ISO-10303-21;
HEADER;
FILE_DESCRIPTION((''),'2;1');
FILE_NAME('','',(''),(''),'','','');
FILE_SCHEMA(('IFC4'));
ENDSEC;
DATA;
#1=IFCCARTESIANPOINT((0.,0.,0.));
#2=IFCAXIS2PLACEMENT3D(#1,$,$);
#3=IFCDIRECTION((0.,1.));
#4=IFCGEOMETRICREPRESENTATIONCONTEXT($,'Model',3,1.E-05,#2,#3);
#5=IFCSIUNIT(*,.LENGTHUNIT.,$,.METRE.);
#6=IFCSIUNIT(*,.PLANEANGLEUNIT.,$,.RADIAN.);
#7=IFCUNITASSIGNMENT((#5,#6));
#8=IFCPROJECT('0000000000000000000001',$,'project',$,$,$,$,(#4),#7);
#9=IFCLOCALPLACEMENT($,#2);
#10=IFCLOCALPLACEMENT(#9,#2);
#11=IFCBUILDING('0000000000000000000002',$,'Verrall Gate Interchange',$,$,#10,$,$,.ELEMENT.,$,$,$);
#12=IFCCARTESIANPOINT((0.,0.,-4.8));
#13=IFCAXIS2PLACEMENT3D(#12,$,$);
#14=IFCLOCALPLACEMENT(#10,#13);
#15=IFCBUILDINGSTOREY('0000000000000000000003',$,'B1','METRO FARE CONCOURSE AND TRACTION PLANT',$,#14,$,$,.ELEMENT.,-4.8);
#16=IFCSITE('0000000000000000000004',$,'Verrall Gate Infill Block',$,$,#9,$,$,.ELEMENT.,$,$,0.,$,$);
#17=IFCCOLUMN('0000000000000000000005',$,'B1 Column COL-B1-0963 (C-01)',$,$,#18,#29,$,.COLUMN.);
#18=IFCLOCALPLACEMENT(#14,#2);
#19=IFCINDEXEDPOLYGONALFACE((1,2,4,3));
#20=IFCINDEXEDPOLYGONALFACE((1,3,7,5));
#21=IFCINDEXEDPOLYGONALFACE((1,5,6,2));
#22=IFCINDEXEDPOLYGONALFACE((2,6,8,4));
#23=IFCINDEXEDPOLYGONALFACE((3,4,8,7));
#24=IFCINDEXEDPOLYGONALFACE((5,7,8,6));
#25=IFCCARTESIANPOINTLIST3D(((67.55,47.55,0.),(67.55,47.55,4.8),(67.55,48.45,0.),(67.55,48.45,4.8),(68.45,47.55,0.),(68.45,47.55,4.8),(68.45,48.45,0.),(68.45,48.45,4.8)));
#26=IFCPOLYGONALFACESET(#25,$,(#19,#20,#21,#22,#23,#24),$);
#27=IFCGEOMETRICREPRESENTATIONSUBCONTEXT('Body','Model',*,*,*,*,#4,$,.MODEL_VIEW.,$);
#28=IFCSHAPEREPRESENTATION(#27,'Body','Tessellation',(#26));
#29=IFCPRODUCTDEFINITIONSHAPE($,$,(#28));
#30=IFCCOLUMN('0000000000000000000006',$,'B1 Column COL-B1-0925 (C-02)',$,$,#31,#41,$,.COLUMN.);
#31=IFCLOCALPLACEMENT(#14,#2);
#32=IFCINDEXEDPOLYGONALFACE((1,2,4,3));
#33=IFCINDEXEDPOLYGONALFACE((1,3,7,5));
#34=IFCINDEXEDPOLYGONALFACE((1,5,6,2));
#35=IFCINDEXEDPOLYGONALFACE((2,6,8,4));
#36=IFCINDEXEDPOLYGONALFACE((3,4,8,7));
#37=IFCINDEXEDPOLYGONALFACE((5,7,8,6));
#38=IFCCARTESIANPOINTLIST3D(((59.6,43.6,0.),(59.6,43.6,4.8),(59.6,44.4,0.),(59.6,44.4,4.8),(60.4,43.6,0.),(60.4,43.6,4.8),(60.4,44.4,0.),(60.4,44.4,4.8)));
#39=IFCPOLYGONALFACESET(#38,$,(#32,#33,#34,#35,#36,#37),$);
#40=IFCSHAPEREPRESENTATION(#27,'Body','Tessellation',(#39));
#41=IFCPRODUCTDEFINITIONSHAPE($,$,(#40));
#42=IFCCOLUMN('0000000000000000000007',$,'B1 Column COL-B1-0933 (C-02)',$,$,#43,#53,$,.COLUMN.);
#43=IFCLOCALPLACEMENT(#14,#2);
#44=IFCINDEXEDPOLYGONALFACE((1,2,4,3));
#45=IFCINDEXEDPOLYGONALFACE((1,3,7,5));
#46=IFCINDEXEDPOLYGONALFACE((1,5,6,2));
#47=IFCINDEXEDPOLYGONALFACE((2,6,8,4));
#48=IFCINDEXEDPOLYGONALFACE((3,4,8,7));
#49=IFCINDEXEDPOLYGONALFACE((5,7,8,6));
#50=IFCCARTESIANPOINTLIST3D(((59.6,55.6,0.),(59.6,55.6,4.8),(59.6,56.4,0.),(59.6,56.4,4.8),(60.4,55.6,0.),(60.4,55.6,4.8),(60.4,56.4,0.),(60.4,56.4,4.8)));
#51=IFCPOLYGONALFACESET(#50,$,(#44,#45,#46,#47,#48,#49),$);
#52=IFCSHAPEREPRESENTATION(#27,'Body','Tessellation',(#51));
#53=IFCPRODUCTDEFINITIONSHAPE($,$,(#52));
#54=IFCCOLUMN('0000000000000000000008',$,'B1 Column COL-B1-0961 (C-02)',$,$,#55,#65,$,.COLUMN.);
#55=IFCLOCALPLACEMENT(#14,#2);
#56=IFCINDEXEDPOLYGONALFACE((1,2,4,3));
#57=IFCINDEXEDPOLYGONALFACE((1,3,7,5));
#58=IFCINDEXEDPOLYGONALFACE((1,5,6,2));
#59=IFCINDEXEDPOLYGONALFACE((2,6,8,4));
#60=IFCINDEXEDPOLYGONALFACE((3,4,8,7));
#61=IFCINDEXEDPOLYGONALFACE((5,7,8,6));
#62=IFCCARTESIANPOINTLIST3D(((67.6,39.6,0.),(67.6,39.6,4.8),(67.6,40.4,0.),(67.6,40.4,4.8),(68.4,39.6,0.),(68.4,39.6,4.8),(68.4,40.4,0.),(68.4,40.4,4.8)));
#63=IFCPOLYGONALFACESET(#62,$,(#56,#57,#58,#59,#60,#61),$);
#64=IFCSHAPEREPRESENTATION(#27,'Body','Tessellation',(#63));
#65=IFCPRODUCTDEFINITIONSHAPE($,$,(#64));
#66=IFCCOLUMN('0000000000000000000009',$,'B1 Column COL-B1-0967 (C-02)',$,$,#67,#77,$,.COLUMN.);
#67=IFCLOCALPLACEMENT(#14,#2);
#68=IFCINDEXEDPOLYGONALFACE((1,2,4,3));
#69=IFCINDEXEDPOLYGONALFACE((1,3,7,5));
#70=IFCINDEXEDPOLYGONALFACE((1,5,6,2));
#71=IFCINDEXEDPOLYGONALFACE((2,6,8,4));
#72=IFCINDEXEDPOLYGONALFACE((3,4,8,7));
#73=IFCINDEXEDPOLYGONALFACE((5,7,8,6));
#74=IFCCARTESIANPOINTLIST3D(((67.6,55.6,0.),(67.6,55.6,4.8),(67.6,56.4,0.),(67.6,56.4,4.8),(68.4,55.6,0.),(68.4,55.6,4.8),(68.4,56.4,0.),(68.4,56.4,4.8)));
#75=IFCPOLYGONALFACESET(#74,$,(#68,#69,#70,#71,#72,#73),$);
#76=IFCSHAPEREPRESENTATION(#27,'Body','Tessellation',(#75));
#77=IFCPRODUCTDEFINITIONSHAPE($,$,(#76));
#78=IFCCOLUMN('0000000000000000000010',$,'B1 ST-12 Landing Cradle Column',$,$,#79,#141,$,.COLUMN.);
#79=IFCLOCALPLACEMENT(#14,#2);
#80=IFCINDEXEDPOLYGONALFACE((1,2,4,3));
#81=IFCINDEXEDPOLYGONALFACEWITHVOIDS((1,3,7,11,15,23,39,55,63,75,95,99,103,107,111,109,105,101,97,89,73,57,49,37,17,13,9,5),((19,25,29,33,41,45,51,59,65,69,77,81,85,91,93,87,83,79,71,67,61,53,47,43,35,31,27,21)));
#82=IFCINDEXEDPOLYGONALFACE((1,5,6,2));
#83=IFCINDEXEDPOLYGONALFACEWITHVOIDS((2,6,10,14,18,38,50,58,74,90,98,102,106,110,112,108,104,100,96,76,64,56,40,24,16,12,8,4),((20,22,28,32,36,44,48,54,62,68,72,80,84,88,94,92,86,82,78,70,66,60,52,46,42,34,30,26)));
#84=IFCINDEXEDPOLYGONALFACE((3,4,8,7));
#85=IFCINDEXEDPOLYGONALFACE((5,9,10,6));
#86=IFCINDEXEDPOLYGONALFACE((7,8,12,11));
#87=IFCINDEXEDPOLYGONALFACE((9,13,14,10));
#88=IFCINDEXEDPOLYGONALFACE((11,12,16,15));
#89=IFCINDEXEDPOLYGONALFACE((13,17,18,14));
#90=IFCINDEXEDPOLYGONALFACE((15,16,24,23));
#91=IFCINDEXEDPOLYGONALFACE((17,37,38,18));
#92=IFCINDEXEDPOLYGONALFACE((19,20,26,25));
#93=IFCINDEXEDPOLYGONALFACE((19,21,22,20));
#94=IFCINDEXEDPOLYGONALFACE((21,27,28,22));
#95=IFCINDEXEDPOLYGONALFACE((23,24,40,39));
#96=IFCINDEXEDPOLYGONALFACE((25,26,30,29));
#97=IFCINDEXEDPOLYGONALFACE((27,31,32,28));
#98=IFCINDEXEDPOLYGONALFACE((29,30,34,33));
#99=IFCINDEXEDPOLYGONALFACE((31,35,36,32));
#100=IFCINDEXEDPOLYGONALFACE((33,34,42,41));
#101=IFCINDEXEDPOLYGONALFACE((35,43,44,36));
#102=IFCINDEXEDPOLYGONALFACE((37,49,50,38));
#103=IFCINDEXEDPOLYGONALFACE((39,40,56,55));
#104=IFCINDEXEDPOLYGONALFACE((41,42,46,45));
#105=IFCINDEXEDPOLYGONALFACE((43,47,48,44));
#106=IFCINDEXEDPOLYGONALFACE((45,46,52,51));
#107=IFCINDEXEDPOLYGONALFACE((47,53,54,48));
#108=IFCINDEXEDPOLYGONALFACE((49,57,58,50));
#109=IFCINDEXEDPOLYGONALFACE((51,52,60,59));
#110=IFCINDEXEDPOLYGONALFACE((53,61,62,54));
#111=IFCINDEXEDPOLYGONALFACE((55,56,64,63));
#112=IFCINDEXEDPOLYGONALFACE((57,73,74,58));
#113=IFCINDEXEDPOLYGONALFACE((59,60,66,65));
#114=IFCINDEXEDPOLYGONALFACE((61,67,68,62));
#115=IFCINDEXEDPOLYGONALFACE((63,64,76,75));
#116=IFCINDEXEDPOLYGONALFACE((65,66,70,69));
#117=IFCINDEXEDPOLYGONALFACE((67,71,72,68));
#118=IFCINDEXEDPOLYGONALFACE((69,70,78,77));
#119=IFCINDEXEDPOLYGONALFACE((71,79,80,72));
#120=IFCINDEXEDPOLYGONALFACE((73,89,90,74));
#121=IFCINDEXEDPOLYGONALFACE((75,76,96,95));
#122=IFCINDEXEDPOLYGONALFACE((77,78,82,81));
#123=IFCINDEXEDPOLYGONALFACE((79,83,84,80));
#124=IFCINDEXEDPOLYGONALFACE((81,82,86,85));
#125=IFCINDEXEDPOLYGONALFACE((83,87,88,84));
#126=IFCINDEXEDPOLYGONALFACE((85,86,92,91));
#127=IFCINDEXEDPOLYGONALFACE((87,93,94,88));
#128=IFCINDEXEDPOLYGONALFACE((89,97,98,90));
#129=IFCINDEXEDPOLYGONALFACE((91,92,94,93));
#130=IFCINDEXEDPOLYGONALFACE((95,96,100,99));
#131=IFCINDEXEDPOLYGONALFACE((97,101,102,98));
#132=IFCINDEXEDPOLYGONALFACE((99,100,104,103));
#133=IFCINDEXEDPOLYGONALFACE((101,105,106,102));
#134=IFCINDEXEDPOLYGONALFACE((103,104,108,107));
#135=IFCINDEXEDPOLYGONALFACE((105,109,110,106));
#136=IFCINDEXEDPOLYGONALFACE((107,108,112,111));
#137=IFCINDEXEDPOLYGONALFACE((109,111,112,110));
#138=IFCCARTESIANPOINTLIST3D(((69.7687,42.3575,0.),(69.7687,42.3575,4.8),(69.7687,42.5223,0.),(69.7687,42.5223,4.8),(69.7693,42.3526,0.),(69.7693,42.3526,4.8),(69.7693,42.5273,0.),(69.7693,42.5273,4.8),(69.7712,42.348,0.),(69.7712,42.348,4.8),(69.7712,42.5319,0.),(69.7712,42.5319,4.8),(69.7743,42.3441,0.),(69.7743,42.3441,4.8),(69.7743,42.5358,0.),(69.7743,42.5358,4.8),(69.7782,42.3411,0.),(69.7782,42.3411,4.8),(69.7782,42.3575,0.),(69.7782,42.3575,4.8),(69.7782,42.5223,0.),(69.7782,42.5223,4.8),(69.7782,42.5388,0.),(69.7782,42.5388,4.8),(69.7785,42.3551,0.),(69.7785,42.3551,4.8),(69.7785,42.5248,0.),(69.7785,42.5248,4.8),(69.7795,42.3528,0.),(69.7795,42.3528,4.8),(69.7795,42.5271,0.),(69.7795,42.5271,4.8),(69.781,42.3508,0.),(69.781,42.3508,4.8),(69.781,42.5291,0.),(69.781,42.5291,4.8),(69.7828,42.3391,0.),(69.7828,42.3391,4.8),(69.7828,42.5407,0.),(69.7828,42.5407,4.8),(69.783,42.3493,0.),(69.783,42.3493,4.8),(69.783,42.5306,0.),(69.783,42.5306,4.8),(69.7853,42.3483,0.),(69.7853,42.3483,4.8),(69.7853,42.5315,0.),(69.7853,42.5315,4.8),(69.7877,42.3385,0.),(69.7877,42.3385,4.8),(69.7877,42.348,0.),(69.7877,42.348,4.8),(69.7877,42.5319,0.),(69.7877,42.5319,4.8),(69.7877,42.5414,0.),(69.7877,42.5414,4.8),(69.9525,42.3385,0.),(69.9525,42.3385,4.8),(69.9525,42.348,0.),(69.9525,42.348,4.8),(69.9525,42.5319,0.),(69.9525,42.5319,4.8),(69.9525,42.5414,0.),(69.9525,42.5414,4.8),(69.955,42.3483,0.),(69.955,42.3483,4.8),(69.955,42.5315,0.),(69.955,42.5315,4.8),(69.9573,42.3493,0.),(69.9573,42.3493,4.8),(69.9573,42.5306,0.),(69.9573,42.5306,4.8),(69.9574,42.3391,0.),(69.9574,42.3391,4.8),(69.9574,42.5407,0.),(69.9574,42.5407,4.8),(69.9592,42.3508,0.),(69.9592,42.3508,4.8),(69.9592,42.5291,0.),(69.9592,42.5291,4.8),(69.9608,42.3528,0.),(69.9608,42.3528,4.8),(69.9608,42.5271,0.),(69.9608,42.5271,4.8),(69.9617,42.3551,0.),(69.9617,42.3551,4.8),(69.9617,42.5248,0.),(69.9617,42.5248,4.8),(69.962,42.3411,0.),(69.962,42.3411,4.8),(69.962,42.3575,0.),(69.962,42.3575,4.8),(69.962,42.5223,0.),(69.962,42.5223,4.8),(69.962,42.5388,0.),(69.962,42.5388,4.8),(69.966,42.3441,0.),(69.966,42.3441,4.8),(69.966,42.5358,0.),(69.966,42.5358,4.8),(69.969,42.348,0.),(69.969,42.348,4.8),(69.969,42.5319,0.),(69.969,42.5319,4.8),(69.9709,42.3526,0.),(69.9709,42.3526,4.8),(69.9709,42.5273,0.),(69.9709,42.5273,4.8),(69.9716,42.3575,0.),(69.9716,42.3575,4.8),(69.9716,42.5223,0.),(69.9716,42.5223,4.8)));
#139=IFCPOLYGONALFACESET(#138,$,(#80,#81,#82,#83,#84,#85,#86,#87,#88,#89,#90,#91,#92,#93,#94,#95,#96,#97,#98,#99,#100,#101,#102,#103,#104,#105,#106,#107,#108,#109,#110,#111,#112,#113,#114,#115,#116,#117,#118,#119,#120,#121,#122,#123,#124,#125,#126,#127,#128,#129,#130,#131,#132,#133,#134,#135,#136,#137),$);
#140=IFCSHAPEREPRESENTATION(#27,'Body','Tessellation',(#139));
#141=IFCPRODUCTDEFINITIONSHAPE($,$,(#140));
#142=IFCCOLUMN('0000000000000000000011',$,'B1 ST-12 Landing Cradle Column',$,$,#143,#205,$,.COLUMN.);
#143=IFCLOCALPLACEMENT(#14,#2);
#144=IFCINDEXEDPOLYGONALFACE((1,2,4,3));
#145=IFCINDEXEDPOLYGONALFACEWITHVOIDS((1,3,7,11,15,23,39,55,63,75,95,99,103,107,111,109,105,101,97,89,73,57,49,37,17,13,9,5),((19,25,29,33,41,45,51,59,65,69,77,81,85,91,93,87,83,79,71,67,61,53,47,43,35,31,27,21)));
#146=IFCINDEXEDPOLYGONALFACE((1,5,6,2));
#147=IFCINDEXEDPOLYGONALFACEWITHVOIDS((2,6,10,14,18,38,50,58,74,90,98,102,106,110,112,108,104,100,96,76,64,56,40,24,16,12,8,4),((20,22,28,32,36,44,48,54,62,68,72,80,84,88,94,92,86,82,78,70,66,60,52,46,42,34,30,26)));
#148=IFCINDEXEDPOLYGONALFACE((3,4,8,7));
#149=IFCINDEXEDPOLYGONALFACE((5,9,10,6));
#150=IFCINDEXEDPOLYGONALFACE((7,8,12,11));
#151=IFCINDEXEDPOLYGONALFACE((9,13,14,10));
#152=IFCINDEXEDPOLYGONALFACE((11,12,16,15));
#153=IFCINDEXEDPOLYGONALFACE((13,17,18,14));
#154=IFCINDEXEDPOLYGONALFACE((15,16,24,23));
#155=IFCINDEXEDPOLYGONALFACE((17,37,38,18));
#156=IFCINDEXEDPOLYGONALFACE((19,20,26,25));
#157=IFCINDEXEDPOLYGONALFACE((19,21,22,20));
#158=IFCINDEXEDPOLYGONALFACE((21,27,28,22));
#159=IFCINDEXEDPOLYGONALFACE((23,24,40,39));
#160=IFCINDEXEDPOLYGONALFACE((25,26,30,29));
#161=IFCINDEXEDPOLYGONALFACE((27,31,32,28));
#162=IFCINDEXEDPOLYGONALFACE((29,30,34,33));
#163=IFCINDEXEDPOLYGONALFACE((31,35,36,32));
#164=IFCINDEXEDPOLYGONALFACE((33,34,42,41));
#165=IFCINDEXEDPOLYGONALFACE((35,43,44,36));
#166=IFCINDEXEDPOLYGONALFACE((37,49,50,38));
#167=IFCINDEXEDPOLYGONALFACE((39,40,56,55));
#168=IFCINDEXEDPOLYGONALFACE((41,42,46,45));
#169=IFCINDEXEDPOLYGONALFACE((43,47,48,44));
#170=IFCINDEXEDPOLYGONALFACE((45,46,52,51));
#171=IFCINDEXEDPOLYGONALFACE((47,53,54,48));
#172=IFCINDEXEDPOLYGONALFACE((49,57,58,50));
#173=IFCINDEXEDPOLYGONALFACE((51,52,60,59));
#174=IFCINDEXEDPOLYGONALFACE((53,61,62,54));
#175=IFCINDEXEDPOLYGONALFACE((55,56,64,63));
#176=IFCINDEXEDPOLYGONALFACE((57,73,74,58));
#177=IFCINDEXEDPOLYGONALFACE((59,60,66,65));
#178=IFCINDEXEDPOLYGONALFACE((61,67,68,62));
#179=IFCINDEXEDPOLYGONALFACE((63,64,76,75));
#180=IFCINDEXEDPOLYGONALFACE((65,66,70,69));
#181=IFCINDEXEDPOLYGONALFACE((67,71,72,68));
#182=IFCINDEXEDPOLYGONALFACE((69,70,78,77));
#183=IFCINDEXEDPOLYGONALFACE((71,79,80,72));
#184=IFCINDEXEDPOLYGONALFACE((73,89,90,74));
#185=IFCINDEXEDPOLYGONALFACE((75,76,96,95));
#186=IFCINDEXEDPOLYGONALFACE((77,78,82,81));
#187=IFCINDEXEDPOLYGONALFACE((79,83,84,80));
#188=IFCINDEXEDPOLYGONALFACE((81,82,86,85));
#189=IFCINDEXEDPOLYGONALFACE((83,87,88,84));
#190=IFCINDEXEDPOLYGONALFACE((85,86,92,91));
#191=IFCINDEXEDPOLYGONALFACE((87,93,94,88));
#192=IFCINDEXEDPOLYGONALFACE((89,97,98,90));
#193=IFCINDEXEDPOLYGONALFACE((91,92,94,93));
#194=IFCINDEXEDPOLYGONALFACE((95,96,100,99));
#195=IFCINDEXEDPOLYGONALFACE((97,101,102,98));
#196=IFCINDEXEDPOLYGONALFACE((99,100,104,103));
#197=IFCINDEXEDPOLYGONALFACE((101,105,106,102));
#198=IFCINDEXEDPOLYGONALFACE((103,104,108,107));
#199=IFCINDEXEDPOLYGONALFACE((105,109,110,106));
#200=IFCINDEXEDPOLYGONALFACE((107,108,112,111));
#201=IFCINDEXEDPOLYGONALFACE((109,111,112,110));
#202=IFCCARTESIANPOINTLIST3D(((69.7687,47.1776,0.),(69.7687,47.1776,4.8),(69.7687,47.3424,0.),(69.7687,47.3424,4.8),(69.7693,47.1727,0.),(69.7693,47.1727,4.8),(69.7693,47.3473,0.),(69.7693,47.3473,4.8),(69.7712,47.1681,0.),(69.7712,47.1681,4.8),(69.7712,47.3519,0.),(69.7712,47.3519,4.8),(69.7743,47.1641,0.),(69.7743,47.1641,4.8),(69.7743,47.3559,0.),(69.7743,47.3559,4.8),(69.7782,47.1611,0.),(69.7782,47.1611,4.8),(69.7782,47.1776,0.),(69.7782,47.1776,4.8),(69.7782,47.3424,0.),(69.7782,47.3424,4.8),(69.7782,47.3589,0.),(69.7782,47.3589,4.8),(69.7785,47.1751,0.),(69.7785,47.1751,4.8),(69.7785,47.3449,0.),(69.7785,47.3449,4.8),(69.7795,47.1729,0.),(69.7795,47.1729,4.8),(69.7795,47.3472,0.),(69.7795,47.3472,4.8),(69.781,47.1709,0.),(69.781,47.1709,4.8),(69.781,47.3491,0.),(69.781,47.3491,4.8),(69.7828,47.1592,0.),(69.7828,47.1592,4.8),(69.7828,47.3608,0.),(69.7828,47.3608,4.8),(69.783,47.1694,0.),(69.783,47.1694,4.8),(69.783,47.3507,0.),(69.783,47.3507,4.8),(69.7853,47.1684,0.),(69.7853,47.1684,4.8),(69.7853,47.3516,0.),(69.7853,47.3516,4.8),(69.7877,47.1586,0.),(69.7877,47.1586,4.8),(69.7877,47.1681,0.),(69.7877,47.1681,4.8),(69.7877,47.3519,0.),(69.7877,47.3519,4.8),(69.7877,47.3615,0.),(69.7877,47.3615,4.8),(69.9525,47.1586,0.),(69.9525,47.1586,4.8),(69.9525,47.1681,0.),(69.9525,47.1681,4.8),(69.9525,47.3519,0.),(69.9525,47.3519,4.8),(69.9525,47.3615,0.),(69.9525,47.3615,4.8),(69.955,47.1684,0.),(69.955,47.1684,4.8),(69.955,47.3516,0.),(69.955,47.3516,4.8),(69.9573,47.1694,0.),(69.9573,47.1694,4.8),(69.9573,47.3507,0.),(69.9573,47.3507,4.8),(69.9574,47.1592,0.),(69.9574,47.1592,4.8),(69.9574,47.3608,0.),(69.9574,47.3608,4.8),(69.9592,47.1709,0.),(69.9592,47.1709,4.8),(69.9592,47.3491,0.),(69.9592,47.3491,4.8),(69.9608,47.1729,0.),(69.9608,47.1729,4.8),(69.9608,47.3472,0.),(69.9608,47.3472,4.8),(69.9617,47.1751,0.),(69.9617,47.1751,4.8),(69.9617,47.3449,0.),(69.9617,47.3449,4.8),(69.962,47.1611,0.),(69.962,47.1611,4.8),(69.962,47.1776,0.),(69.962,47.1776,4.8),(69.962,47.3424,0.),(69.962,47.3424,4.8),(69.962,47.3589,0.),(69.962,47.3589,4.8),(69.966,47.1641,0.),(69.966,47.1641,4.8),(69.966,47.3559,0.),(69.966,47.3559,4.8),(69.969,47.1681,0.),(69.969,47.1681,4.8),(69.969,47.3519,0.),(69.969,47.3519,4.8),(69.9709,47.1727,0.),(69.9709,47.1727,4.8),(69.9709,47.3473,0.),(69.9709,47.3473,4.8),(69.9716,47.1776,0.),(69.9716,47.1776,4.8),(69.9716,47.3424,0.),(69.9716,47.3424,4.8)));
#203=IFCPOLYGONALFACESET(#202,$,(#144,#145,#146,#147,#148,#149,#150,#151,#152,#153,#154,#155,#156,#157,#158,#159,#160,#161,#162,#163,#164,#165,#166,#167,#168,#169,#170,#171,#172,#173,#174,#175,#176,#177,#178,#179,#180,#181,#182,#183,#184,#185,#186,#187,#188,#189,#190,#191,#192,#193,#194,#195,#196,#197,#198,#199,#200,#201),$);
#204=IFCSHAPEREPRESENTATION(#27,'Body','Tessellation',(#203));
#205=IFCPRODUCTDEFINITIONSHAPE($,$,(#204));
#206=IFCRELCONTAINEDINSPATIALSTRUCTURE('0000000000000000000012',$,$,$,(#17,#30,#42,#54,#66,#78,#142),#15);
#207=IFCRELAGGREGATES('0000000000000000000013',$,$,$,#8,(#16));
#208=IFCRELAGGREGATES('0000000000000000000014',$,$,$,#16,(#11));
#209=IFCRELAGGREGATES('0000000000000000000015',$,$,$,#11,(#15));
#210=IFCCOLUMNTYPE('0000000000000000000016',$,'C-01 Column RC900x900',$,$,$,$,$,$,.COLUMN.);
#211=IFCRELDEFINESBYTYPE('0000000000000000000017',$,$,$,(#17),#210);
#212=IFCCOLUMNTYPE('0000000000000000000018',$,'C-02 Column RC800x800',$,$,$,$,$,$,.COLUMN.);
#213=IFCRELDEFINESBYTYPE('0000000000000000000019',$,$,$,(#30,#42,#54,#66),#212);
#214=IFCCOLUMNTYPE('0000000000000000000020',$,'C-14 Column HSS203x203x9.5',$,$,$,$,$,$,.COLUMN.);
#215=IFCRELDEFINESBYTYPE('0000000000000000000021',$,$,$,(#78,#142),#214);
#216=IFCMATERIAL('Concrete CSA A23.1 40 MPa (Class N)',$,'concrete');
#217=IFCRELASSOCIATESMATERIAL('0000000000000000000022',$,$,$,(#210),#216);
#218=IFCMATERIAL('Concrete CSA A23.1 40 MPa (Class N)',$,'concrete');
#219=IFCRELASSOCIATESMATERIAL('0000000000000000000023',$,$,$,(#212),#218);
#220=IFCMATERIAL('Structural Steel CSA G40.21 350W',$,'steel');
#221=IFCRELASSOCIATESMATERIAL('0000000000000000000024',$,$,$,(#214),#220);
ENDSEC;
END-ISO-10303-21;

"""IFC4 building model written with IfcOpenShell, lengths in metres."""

from ifc_helpers import new_model, si_unit, direction, frame, origin, origin_2d, place, context, subcontext, project, spatial, rectangle, hollow_rectangle, extrude, material, material_profile, profile_set, type_object, element, save


model = new_model("IFC4")

# Units and contexts
model_context = context("Model", 3, precision=1e-05, world=origin(), true_north=direction((0.0, 1.0)))
body_context = subcontext(model_context, "Body", "Model", "MODEL_VIEW")
ifc_project = project(units=[si_unit("LENGTHUNIT", "METRE"), si_unit("PLANEANGLEUNIT", "RADIAN")], contexts=[model_context])

# Site, building, storey
site_placement = place(None, origin())
site = spatial("IfcSite", under=ifc_project, at=site_placement, Name="Verrall Gate Infill Block", CompositionType="ELEMENT", RefElevation=0.0)
building_placement = place(site_placement, origin())
building = spatial("IfcBuilding", under=site, at=building_placement, Name="Verrall Gate Interchange", CompositionType="ELEMENT")
storey_placement = place(building_placement, frame((0.0, 0.0, -4.8)))
storey = spatial("IfcBuildingStorey", under=building, at=storey_placement, Name="B1", Description="METRO FARE CONCOURSE AND TRACTION PLANT", CompositionType="ELEMENT", Elevation=-4.8)

# Columns
ifc_material_1 = material(Name="Concrete CSA A23.1 40 MPa (Class N)", Category="concrete")
ifc_material_profile_1 = material_profile(ifc_material_1, rectangle(XDim=0.8999, YDim=0.8999, at=origin_2d()), Name="RC900x900")
ifc_profile_set_1 = profile_set([ifc_material_profile_1], Name="Concrete CSA A23.1 40 MPa (Class N)")
column_type_1 = type_object("IfcColumnType", Name="C-01 Column RC900x900", PredefinedType="COLUMN", material=ifc_profile_set_1)
for number, where, z_axis, x_axis, name in (
    (1, (68.0, 48.0, 0.0), (0.0, 0.0, 1.0), (1.0, 0.0, 0.0), "B1 Column COL-B1-0963 (C-01)"),
):
    element("IfcColumn", number, at=place(storey_placement, frame(where, z_axis=z_axis, x_axis=x_axis)), inside=storey, type_object=column_type_1, Name=name, PredefinedType="COLUMN", context=body_context, shape_type="SweptSolid", body=[
        extrude(rectangle(XDim=0.8999, YDim=0.8999, at=origin_2d()), origin(), (0.0, 0.0, 1.0), 4.8),
    ])
ifc_material_2 = material(Name="Concrete CSA A23.1 40 MPa (Class N)", Category="concrete")
ifc_material_profile_2 = material_profile(ifc_material_2, rectangle(XDim=0.8, YDim=0.8, at=origin_2d()), Name="RC800x800")
ifc_profile_set_2 = profile_set([ifc_material_profile_2], Name="Concrete CSA A23.1 40 MPa (Class N)")
column_type_2 = type_object("IfcColumnType", Name="C-02 Column RC800x800", PredefinedType="COLUMN", material=ifc_profile_set_2)
for number, where, z_axis, x_axis, name in (
    (2, (60.0, 44.0, 0.0), (0.0, 0.0, 1.0), (1.0, 0.0, 0.0), "B1 Column COL-B1-0925 (C-02)"),
    (3, (60.0, 56.0, 0.0), (0.0, 0.0, 1.0), (1.0, 0.0, 0.0), "B1 Column COL-B1-0933 (C-02)"),
    (4, (68.0, 40.0, 0.0), (0.0, 0.0, 1.0), (1.0, 0.0, 0.0), "B1 Column COL-B1-0961 (C-02)"),
    (5, (68.0, 56.0, 0.0), (0.0, 0.0, 1.0), (1.0, 0.0, 0.0), "B1 Column COL-B1-0967 (C-02)"),
):
    element("IfcColumn", number, at=place(storey_placement, frame(where, z_axis=z_axis, x_axis=x_axis)), inside=storey, type_object=column_type_2, Name=name, PredefinedType="COLUMN", context=body_context, shape_type="SweptSolid", body=[
        extrude(rectangle(XDim=0.8, YDim=0.8, at=origin_2d()), origin(), (0.0, 0.0, 1.0), 4.8),
    ])
ifc_material_3 = material(Name="Structural Steel CSA G40.21 350W", Category="steel")
ifc_material_profile_3 = material_profile(ifc_material_3, hollow_rectangle(XDim=0.2029, YDim=0.2029, WallThickness=0.0095, InnerFilletRadius=0.0095, OuterFilletRadius=0.019, at=origin_2d()), Name="HSS203x203x9.5")
ifc_profile_set_3 = profile_set([ifc_material_profile_3], Name="Structural Steel CSA G40.21 350W")
column_type_3 = type_object("IfcColumnType", Name="C-14 Column HSS203x203x9.5", PredefinedType="COLUMN", material=ifc_profile_set_3)
for number, where, z_axis, x_axis, name in (
    (6, (69.8701, 42.4399, 0.0), (0.0, 0.0, 1.0), (1.0, 0.0, 0.0), "B1 ST-12 Landing Cradle Column"),
    (7, (69.8701, 47.26, 0.0), (0.0, 0.0, 1.0), (1.0, 0.0, 0.0), "B1 ST-12 Landing Cradle Column"),
):
    element("IfcColumn", number, at=place(storey_placement, frame(where, z_axis=z_axis, x_axis=x_axis)), inside=storey, type_object=column_type_3, Name=name, PredefinedType="COLUMN", context=body_context, shape_type="SweptSolid", body=[
        extrude(hollow_rectangle(XDim=0.2029, YDim=0.2029, WallThickness=0.0095, InnerFilletRadius=0.0095, OuterFilletRadius=0.019, at=origin_2d()), origin(), (0.0, 0.0, 1.0), 4.8),
    ])

save(model, "model.ifc")
